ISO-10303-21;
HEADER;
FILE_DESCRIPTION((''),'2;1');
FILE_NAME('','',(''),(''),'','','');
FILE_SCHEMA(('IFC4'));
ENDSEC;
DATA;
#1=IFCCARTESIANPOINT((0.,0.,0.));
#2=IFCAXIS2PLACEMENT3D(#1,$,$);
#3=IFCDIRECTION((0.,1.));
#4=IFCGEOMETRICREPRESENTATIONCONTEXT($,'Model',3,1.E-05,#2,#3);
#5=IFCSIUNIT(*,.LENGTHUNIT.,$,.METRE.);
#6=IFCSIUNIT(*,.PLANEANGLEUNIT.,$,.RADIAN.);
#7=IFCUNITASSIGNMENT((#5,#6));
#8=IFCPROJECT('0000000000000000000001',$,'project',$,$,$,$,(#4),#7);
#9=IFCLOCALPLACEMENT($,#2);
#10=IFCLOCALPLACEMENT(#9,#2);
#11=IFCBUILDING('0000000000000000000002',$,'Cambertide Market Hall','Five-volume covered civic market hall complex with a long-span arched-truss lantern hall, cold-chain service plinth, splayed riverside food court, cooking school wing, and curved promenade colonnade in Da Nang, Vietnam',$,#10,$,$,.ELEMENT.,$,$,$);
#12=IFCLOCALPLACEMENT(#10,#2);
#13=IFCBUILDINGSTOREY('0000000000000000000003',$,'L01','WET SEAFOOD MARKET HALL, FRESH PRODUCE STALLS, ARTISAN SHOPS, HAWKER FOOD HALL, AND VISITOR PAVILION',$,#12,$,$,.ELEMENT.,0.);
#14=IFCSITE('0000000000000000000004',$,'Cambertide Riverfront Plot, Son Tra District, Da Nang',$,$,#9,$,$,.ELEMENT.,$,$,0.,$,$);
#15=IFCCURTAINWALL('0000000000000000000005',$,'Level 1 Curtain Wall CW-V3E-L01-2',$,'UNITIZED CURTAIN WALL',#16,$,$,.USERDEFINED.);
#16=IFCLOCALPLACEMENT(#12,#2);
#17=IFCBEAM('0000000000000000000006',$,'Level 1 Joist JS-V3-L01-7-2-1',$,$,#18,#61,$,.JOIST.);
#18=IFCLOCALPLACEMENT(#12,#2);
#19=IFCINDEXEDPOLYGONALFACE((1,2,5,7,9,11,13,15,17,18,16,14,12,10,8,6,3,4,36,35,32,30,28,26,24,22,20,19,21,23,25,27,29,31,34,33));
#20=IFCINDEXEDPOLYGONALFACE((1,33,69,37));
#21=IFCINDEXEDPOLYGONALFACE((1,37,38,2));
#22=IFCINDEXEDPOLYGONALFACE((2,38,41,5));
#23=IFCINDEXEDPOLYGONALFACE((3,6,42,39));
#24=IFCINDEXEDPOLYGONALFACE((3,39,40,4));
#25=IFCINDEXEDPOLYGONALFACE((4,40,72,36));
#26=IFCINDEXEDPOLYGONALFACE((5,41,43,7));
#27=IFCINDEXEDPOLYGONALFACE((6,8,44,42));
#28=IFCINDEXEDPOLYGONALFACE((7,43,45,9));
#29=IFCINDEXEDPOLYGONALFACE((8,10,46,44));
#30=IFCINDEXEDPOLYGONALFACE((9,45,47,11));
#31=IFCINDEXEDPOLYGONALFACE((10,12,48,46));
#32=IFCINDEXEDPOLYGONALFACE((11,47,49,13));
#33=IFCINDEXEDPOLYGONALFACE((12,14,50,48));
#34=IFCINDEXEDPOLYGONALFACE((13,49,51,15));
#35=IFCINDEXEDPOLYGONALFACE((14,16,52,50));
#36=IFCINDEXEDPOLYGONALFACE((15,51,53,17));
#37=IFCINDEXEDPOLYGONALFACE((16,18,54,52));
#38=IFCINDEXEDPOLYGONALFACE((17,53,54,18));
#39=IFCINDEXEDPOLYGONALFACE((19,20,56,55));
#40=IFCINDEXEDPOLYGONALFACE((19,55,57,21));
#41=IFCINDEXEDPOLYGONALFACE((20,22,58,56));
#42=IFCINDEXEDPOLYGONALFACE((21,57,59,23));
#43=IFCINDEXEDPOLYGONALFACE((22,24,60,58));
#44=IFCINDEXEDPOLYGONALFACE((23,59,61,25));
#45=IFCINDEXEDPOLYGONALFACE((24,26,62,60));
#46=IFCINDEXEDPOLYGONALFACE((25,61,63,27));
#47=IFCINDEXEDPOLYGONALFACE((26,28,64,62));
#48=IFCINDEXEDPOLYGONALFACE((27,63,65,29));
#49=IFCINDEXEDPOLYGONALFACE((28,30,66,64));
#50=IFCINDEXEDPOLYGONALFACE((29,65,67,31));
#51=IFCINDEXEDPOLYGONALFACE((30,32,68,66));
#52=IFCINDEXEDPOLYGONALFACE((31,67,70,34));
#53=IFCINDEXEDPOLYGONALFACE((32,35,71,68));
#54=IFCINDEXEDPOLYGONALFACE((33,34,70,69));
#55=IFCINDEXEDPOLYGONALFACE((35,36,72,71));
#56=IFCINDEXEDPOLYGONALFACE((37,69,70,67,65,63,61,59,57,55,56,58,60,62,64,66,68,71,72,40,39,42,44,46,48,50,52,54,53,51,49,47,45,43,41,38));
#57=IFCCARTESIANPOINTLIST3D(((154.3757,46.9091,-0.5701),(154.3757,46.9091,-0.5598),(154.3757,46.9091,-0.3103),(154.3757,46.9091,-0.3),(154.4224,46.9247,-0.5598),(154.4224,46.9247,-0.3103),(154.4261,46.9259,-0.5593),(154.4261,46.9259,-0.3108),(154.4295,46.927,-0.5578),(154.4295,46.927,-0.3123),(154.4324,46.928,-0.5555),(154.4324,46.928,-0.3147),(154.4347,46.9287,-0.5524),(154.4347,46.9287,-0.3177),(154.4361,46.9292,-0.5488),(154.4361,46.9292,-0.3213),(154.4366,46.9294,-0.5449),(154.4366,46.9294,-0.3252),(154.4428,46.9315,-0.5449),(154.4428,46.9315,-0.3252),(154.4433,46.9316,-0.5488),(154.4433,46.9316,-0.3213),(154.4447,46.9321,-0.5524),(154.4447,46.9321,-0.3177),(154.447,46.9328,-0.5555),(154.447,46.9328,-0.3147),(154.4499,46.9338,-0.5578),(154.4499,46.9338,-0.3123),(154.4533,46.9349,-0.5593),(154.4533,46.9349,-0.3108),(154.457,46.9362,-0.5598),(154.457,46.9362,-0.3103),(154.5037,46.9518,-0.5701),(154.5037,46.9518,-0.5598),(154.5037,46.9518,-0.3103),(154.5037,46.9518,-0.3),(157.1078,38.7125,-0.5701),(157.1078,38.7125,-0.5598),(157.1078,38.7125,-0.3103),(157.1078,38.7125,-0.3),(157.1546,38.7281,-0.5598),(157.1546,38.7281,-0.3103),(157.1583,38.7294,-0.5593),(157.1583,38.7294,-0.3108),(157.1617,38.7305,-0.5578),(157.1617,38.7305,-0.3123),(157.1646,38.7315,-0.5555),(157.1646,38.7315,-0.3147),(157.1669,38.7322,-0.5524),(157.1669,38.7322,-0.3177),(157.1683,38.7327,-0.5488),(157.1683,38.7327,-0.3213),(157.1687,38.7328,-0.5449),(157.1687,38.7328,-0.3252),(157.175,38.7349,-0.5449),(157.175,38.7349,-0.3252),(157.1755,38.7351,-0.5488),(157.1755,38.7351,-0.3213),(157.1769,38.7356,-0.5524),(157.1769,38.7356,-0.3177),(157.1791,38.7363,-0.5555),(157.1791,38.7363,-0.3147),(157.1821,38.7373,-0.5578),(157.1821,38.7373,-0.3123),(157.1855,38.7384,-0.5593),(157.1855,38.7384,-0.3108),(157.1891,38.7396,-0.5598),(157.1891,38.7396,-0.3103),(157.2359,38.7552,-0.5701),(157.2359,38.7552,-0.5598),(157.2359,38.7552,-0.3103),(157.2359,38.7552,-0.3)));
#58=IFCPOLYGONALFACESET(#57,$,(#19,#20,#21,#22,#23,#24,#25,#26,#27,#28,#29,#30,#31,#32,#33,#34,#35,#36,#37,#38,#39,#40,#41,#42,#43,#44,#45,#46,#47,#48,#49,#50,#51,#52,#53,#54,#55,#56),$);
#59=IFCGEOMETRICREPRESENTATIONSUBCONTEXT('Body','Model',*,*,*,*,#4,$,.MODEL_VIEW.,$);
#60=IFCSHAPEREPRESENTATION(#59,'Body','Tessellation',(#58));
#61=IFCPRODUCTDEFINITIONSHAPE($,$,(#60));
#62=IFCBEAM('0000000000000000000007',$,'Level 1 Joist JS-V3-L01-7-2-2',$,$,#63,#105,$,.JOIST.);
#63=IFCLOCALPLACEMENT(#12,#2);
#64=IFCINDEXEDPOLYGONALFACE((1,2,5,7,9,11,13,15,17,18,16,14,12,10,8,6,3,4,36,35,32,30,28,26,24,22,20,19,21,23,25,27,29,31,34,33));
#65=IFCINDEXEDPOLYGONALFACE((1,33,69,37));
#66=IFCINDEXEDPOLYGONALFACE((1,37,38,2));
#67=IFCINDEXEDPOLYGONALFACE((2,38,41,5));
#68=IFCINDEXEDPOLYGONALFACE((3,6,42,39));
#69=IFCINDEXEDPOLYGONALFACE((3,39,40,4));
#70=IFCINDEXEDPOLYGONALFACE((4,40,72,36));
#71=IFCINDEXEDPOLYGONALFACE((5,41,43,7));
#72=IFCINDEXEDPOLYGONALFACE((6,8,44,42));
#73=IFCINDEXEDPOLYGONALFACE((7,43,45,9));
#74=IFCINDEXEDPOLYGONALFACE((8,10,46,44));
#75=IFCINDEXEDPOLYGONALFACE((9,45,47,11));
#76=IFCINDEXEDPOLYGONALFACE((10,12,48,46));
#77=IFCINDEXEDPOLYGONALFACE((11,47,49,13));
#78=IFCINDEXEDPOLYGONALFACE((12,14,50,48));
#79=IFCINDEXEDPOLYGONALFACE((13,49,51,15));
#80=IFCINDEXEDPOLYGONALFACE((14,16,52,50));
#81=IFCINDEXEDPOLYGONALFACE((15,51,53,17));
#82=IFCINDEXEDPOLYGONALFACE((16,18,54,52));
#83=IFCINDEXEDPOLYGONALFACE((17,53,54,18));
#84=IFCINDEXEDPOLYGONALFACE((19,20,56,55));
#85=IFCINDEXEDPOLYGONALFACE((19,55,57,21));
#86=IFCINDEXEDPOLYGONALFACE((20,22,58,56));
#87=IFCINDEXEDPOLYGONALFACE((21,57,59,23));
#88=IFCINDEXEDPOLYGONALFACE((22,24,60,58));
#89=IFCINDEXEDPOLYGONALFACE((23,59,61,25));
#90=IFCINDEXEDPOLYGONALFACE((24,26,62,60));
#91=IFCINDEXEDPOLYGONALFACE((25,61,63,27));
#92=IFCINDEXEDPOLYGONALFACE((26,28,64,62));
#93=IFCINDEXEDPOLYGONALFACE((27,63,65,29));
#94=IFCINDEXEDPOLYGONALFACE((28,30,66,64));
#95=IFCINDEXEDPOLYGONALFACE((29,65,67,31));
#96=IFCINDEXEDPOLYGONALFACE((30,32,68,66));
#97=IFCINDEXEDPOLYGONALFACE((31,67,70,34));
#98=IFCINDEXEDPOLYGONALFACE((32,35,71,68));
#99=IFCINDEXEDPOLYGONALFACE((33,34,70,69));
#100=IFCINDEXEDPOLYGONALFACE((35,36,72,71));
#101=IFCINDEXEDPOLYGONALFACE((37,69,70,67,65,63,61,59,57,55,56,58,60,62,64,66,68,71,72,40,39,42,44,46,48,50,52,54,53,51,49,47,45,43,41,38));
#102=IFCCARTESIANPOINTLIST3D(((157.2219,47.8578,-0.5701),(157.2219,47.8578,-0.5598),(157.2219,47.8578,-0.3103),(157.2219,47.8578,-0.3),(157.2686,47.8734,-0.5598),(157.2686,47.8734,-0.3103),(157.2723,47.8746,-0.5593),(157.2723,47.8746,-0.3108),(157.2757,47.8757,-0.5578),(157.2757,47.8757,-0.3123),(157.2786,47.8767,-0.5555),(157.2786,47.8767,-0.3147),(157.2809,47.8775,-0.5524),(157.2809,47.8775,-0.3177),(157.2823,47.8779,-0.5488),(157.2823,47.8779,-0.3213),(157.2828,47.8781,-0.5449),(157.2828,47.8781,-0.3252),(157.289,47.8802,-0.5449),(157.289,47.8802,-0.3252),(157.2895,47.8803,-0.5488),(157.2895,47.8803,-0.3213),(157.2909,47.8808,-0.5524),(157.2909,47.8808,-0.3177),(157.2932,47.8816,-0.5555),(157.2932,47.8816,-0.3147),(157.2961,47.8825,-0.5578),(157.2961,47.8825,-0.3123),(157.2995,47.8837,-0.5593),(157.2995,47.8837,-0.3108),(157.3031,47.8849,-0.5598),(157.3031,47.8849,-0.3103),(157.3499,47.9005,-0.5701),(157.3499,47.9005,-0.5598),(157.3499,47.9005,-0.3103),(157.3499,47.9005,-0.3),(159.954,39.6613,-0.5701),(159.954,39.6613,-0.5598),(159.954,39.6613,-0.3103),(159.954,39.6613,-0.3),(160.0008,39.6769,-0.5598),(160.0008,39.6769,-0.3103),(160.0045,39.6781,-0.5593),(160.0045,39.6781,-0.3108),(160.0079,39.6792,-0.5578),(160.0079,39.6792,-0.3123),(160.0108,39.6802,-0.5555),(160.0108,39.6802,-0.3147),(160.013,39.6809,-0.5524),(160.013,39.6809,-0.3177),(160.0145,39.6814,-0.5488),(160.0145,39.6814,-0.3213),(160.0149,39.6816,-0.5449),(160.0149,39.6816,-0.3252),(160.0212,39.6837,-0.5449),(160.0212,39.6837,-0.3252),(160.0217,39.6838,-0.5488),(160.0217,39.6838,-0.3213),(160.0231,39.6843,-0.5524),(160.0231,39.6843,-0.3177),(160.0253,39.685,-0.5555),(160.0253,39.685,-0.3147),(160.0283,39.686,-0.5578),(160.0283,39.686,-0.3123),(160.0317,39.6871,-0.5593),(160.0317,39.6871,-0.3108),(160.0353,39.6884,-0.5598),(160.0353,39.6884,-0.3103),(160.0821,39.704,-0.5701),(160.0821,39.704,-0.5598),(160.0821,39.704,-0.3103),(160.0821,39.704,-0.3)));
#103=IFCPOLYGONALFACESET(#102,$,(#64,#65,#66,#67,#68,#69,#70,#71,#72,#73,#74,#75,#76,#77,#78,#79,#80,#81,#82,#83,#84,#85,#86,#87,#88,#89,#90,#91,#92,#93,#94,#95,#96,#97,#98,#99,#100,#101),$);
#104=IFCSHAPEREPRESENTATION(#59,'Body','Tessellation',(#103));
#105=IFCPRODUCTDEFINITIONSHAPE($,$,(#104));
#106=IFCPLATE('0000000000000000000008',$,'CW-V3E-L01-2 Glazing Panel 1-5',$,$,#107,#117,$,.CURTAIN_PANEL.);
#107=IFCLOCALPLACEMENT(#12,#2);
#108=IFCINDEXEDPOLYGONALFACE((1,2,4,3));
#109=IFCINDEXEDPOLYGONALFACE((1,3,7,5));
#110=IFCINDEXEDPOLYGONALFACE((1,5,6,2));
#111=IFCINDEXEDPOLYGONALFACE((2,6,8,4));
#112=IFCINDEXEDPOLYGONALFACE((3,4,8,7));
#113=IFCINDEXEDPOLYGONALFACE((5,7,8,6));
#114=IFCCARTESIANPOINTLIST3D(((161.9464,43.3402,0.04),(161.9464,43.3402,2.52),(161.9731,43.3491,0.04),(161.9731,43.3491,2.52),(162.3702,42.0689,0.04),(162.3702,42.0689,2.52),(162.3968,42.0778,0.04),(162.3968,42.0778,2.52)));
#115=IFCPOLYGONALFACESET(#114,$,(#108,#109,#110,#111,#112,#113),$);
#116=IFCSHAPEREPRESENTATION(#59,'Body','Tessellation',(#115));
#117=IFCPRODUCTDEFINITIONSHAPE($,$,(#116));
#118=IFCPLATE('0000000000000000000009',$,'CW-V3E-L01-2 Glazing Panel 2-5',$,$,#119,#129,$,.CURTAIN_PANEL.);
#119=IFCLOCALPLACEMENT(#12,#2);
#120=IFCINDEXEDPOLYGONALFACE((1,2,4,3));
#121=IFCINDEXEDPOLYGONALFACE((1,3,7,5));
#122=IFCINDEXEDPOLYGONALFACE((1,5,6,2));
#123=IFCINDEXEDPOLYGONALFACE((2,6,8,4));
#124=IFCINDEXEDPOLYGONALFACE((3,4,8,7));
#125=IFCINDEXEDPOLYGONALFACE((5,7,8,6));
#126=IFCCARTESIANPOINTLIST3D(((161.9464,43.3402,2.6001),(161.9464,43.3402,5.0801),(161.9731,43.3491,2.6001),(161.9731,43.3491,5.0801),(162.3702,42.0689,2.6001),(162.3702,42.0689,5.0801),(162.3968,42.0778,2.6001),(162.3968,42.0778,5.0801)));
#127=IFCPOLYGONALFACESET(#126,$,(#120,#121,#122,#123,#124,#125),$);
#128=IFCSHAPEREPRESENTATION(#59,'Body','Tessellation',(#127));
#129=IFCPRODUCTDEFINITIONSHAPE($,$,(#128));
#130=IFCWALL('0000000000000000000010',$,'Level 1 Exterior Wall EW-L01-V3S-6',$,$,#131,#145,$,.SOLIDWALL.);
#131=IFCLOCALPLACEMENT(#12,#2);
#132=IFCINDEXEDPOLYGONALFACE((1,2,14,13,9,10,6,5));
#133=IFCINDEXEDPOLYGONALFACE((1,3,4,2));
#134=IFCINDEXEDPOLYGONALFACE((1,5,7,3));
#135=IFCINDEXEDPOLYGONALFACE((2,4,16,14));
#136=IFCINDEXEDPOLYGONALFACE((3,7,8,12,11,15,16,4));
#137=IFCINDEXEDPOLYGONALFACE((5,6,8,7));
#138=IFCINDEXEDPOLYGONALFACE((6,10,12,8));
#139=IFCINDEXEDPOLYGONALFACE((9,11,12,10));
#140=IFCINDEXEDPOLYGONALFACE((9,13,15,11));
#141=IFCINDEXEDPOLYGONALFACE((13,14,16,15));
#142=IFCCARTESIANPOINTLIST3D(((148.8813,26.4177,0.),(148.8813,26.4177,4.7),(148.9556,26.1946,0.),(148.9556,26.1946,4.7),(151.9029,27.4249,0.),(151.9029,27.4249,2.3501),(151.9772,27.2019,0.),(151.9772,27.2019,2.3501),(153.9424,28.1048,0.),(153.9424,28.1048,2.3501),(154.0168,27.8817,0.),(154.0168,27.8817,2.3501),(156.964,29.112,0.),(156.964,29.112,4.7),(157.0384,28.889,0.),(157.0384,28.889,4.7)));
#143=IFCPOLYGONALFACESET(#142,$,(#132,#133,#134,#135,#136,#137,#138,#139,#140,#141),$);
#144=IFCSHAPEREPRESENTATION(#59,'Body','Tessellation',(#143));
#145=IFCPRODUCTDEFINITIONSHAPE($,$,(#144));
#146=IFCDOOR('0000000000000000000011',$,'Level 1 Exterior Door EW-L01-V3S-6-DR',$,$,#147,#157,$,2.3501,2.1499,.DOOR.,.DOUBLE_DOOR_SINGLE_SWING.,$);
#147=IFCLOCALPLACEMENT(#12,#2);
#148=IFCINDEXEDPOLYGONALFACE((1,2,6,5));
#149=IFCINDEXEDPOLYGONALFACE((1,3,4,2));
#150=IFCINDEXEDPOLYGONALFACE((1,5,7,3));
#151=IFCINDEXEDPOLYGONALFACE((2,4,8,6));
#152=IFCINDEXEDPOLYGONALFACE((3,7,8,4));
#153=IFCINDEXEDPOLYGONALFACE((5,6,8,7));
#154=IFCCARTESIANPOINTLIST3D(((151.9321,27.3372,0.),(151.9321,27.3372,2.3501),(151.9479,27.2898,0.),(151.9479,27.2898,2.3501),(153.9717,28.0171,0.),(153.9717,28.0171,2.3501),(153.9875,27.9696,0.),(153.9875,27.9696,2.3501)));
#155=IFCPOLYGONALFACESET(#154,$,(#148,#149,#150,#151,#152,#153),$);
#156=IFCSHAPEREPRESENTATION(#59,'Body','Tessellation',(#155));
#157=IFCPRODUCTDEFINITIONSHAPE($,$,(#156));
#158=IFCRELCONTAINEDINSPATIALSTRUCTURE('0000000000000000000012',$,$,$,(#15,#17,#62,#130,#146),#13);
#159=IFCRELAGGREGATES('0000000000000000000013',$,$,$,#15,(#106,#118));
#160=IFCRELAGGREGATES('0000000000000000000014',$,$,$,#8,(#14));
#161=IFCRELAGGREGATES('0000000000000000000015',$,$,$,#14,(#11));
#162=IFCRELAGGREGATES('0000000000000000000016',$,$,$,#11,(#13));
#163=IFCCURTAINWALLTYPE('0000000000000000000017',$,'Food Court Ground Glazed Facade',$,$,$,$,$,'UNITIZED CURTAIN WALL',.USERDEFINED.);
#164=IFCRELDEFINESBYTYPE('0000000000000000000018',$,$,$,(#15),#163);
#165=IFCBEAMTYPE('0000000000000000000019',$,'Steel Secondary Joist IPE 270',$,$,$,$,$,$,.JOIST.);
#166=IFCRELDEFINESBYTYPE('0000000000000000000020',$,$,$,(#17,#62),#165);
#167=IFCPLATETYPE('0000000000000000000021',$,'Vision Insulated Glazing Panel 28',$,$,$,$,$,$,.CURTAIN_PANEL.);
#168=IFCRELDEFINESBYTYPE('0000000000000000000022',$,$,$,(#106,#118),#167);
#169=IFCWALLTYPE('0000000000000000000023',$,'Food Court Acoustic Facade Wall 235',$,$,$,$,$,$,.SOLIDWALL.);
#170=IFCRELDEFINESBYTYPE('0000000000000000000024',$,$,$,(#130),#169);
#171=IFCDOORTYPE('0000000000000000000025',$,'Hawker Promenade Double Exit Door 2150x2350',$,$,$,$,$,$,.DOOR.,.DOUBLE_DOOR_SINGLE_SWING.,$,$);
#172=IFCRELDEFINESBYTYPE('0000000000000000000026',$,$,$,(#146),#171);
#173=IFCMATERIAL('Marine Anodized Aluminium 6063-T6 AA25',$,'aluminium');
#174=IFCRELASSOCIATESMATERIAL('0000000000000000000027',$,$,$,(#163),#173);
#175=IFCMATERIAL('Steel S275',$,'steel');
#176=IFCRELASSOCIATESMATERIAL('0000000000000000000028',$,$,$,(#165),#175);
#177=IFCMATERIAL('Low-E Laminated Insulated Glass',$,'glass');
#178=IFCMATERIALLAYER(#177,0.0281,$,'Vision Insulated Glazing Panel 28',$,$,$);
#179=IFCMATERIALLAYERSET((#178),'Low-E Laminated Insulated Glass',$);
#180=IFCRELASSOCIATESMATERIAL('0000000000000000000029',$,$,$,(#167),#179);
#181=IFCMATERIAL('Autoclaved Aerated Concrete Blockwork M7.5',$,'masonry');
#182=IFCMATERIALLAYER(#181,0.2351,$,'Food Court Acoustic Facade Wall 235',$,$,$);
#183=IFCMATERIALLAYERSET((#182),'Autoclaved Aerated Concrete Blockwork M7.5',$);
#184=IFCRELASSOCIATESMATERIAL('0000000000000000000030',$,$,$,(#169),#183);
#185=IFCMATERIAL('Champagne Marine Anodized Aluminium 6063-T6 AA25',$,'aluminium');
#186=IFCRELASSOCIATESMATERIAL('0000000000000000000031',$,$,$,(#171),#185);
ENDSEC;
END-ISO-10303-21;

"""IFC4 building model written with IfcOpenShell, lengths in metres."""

from ifc_helpers import new_model, si_unit, direction, frame, frame_2d, origin, origin_2d, place, context, subcontext, project, spatial, rectangle, i_section, extrude, material, layer, layer_set, material_profile, profile_set, type_object, element, fill, aggregate, save


model = new_model("IFC4")

# Units and contexts
model_context = context("Model", 3, precision=1e-05, world=origin(), true_north=direction((0.0, 1.0)))
body_context = subcontext(model_context, "Body", "Model", "MODEL_VIEW")
ifc_project = project(units=[si_unit("LENGTHUNIT", "METRE"), si_unit("PLANEANGLEUNIT", "RADIAN")], contexts=[model_context])

# Site, building, storey
site_placement = place(None, origin())
site = spatial("IfcSite", under=ifc_project, at=site_placement, Name="Cambertide Riverfront Plot, Son Tra District, Da Nang", CompositionType="ELEMENT", RefElevation=0.0)
building_placement = place(site_placement, origin())
building = spatial("IfcBuilding", under=site, at=building_placement, Name="Cambertide Market Hall", Description="Five-volume covered civic market hall complex with a long-span arched-truss lantern hall, cold-chain service plinth, splayed riverside food court, cooking school wing, and curved promenade colonnade in Da Nang, Vietnam", CompositionType="ELEMENT")
storey_placement = place(building_placement, origin())
storey = spatial("IfcBuildingStorey", under=building, at=storey_placement, Name="L01", Description="WET SEAFOOD MARKET HALL, FRESH PRODUCE STALLS, ARTISAN SHOPS, HAWKER FOOD HALL, AND VISITOR PAVILION", CompositionType="ELEMENT", Elevation=0.0)

# Curtain wall
ifc_material_1 = material(Name="Marine Anodized Aluminium 6063-T6 AA25", Category="aluminium")
curtain_wall_type = type_object("IfcCurtainWallType", Name="Food Court Ground Glazed Facade", ElementType="UNITIZED CURTAIN WALL", PredefinedType="USERDEFINED", material=ifc_material_1)
curtain_wall_placement = place(storey_placement, origin())
curtain_wall = element("IfcCurtainWall", 1, at=curtain_wall_placement, inside=storey, type_object=curtain_wall_type, Name="Level 1 Curtain Wall CW-V3E-L01-2", ObjectType="UNITIZED CURTAIN WALL", PredefinedType="USERDEFINED")

# Beams
ifc_material_2 = material(Name="Steel S275", Category="steel")
ifc_material_profile_1 = material_profile(ifc_material_2, i_section(OverallWidth=0.135, OverallDepth=0.27, WebThickness=0.0066, FlangeThickness=0.0103, FilletRadius=0.0149, at=origin_2d()), Name="IPE 270")
ifc_profile_set_1 = profile_set([ifc_material_profile_1], Name="Steel S275")
beam_type_1 = type_object("IfcBeamType", Name="Steel Secondary Joist IPE 270", PredefinedType="JOIST", material=ifc_profile_set_1)
for number, where, z_axis, x_axis, name in (
    (2, (157.1719, 38.7339, -0.4351), (-0.316228, 0.948683, 0.0), (-0.948683, -0.316228, 0.0), "Level 1 Joist JS-V3-L01-7-2-1"),
    (3, (160.0181, 39.6826, -0.4351), (-0.316228, 0.948683, 0.0), (-0.948683, -0.316228, 0.0), "Level 1 Joist JS-V3-L01-7-2-2"),
):
    element("IfcBeam", number, at=place(storey_placement, frame(where, z_axis=z_axis, x_axis=x_axis)), inside=storey, type_object=beam_type_1, Name=name, PredefinedType="JOIST", context=body_context, shape_type="SweptSolid", body=[
        extrude(i_section(OverallWidth=0.135, OverallDepth=0.27, WebThickness=0.0066, FlangeThickness=0.0103, FilletRadius=0.0149, at=origin_2d()), origin(), (0.0, 0.0, 1.0), 8.6399),
    ])

# Plates
ifc_material_3 = material(Name="Low-E Laminated Insulated Glass", Category="glass")
ifc_layer_1 = layer(ifc_material_3, 0.0281, Name="Vision Insulated Glazing Panel 28")
ifc_layer_set_1 = layer_set([ifc_layer_1], Name="Low-E Laminated Insulated Glass")
plate_type = type_object("IfcPlateType", Name="Vision Insulated Glazing Panel 28", PredefinedType="CURTAIN_PANEL", material=ifc_layer_set_1)
plate_1_placement = place(storey_placement, frame((162.1716, 42.709, 0.04), z_axis=(0.0, 0.0, 1.0), x_axis=(0.316228, -0.948683, 0.0)))
plate_1 = element("IfcPlate", 4, at=plate_1_placement, type_object=plate_type, Name="CW-V3E-L01-2 Glazing Panel 1-5", PredefinedType="CURTAIN_PANEL", context=body_context, shape_type="SweptSolid", body=[
    extrude(rectangle(XDim=1.3401, YDim=0.0281, at=origin_2d()), origin(), (0.0, 0.0, 1.0), 2.48),
])
plate_2_placement = place(storey_placement, frame((162.1716, 42.709, 2.6001), z_axis=(0.0, 0.0, 1.0), x_axis=(0.316228, -0.948683, 0.0)))
plate_2 = element("IfcPlate", 5, at=plate_2_placement, type_object=plate_type, Name="CW-V3E-L01-2 Glazing Panel 2-5", PredefinedType="CURTAIN_PANEL", context=body_context, shape_type="SweptSolid", body=[
    extrude(rectangle(XDim=1.3401, YDim=0.0281, at=origin_2d()), origin(), (0.0, 0.0, 1.0), 2.48),
])
aggregate(curtain_wall, [plate_1, plate_2])

# Wall, opening, door
ifc_material_4 = material(Name="Autoclaved Aerated Concrete Blockwork M7.5", Category="masonry")
ifc_layer_2 = layer(ifc_material_4, 0.2351, Name="Food Court Acoustic Facade Wall 235")
ifc_layer_set_2 = layer_set([ifc_layer_2], Name="Autoclaved Aerated Concrete Blockwork M7.5")
wall_type_1 = type_object("IfcWallType", Name="Food Court Acoustic Facade Wall 235", PredefinedType="SOLIDWALL", material=ifc_layer_set_2)
wall_1_placement = place(storey_placement, frame((157.0012, 29.0005, 0.0), z_axis=(0.0, 0.0, 1.0), x_axis=(-0.94868, -0.316236, 0.0)))
wall_1 = element("IfcWall", 6, at=wall_1_placement, inside=storey, type_object=wall_type_1, Name="Level 1 Exterior Wall EW-L01-V3S-6", PredefinedType="SOLIDWALL", context=body_context, shape_type="SweptSolid", body=[
    extrude(rectangle(XDim=8.52, YDim=0.2351, at=frame_2d((4.26, 0.0))), origin(), (0.0, 0.0, 1.0), 4.7),
])
opening_1_placement = place(wall_1_placement, frame((3.1851, 0.0, 0.0)))
opening_1 = element("IfcOpeningElement", 7, at=opening_1_placement, cuts=wall_1, PredefinedType="OPENING", context=body_context, shape_type="SweptSolid", body=[
    extrude(rectangle(XDim=2.1499, YDim=2.3501, at=frame_2d((1.075, 1.175))), frame((0.0, 0.1274, 0.0), z_axis=(0.0, -1.0, 0.0), x_axis=(1.0, 0.0, 0.0)), (0.0, 0.0, 1.0), 0.2551),
])
ifc_material_5 = material(Name="Champagne Marine Anodized Aluminium 6063-T6 AA25", Category="aluminium")
door_type_1 = type_object("IfcDoorType", Name="Hawker Promenade Double Exit Door 2150x2350", OperationType="DOUBLE_DOOR_SINGLE_SWING", PredefinedType="DOOR", material=ifc_material_5)
door_1_placement = place(opening_1_placement, origin())
door_1 = element("IfcDoor", 8, at=door_1_placement, inside=storey, type_object=door_type_1, Name="Level 1 Exterior Door EW-L01-V3S-6-DR", OperationType="DOUBLE_DOOR_SINGLE_SWING", OverallHeight=2.3501, OverallWidth=2.1499, PredefinedType="DOOR", context=body_context, shape_type="SweptSolid", body=[
    extrude(rectangle(XDim=2.1499, YDim=2.3501, at=frame_2d((1.075, 1.175))), frame((0.0, 0.0249, 0.0), z_axis=(0.0, -1.0, 0.0), x_axis=(1.0, 0.0, 0.0)), (0.0, 0.0, 1.0), 0.05),
])
fill(opening_1, door_1)

save(model, "model.ifc")
